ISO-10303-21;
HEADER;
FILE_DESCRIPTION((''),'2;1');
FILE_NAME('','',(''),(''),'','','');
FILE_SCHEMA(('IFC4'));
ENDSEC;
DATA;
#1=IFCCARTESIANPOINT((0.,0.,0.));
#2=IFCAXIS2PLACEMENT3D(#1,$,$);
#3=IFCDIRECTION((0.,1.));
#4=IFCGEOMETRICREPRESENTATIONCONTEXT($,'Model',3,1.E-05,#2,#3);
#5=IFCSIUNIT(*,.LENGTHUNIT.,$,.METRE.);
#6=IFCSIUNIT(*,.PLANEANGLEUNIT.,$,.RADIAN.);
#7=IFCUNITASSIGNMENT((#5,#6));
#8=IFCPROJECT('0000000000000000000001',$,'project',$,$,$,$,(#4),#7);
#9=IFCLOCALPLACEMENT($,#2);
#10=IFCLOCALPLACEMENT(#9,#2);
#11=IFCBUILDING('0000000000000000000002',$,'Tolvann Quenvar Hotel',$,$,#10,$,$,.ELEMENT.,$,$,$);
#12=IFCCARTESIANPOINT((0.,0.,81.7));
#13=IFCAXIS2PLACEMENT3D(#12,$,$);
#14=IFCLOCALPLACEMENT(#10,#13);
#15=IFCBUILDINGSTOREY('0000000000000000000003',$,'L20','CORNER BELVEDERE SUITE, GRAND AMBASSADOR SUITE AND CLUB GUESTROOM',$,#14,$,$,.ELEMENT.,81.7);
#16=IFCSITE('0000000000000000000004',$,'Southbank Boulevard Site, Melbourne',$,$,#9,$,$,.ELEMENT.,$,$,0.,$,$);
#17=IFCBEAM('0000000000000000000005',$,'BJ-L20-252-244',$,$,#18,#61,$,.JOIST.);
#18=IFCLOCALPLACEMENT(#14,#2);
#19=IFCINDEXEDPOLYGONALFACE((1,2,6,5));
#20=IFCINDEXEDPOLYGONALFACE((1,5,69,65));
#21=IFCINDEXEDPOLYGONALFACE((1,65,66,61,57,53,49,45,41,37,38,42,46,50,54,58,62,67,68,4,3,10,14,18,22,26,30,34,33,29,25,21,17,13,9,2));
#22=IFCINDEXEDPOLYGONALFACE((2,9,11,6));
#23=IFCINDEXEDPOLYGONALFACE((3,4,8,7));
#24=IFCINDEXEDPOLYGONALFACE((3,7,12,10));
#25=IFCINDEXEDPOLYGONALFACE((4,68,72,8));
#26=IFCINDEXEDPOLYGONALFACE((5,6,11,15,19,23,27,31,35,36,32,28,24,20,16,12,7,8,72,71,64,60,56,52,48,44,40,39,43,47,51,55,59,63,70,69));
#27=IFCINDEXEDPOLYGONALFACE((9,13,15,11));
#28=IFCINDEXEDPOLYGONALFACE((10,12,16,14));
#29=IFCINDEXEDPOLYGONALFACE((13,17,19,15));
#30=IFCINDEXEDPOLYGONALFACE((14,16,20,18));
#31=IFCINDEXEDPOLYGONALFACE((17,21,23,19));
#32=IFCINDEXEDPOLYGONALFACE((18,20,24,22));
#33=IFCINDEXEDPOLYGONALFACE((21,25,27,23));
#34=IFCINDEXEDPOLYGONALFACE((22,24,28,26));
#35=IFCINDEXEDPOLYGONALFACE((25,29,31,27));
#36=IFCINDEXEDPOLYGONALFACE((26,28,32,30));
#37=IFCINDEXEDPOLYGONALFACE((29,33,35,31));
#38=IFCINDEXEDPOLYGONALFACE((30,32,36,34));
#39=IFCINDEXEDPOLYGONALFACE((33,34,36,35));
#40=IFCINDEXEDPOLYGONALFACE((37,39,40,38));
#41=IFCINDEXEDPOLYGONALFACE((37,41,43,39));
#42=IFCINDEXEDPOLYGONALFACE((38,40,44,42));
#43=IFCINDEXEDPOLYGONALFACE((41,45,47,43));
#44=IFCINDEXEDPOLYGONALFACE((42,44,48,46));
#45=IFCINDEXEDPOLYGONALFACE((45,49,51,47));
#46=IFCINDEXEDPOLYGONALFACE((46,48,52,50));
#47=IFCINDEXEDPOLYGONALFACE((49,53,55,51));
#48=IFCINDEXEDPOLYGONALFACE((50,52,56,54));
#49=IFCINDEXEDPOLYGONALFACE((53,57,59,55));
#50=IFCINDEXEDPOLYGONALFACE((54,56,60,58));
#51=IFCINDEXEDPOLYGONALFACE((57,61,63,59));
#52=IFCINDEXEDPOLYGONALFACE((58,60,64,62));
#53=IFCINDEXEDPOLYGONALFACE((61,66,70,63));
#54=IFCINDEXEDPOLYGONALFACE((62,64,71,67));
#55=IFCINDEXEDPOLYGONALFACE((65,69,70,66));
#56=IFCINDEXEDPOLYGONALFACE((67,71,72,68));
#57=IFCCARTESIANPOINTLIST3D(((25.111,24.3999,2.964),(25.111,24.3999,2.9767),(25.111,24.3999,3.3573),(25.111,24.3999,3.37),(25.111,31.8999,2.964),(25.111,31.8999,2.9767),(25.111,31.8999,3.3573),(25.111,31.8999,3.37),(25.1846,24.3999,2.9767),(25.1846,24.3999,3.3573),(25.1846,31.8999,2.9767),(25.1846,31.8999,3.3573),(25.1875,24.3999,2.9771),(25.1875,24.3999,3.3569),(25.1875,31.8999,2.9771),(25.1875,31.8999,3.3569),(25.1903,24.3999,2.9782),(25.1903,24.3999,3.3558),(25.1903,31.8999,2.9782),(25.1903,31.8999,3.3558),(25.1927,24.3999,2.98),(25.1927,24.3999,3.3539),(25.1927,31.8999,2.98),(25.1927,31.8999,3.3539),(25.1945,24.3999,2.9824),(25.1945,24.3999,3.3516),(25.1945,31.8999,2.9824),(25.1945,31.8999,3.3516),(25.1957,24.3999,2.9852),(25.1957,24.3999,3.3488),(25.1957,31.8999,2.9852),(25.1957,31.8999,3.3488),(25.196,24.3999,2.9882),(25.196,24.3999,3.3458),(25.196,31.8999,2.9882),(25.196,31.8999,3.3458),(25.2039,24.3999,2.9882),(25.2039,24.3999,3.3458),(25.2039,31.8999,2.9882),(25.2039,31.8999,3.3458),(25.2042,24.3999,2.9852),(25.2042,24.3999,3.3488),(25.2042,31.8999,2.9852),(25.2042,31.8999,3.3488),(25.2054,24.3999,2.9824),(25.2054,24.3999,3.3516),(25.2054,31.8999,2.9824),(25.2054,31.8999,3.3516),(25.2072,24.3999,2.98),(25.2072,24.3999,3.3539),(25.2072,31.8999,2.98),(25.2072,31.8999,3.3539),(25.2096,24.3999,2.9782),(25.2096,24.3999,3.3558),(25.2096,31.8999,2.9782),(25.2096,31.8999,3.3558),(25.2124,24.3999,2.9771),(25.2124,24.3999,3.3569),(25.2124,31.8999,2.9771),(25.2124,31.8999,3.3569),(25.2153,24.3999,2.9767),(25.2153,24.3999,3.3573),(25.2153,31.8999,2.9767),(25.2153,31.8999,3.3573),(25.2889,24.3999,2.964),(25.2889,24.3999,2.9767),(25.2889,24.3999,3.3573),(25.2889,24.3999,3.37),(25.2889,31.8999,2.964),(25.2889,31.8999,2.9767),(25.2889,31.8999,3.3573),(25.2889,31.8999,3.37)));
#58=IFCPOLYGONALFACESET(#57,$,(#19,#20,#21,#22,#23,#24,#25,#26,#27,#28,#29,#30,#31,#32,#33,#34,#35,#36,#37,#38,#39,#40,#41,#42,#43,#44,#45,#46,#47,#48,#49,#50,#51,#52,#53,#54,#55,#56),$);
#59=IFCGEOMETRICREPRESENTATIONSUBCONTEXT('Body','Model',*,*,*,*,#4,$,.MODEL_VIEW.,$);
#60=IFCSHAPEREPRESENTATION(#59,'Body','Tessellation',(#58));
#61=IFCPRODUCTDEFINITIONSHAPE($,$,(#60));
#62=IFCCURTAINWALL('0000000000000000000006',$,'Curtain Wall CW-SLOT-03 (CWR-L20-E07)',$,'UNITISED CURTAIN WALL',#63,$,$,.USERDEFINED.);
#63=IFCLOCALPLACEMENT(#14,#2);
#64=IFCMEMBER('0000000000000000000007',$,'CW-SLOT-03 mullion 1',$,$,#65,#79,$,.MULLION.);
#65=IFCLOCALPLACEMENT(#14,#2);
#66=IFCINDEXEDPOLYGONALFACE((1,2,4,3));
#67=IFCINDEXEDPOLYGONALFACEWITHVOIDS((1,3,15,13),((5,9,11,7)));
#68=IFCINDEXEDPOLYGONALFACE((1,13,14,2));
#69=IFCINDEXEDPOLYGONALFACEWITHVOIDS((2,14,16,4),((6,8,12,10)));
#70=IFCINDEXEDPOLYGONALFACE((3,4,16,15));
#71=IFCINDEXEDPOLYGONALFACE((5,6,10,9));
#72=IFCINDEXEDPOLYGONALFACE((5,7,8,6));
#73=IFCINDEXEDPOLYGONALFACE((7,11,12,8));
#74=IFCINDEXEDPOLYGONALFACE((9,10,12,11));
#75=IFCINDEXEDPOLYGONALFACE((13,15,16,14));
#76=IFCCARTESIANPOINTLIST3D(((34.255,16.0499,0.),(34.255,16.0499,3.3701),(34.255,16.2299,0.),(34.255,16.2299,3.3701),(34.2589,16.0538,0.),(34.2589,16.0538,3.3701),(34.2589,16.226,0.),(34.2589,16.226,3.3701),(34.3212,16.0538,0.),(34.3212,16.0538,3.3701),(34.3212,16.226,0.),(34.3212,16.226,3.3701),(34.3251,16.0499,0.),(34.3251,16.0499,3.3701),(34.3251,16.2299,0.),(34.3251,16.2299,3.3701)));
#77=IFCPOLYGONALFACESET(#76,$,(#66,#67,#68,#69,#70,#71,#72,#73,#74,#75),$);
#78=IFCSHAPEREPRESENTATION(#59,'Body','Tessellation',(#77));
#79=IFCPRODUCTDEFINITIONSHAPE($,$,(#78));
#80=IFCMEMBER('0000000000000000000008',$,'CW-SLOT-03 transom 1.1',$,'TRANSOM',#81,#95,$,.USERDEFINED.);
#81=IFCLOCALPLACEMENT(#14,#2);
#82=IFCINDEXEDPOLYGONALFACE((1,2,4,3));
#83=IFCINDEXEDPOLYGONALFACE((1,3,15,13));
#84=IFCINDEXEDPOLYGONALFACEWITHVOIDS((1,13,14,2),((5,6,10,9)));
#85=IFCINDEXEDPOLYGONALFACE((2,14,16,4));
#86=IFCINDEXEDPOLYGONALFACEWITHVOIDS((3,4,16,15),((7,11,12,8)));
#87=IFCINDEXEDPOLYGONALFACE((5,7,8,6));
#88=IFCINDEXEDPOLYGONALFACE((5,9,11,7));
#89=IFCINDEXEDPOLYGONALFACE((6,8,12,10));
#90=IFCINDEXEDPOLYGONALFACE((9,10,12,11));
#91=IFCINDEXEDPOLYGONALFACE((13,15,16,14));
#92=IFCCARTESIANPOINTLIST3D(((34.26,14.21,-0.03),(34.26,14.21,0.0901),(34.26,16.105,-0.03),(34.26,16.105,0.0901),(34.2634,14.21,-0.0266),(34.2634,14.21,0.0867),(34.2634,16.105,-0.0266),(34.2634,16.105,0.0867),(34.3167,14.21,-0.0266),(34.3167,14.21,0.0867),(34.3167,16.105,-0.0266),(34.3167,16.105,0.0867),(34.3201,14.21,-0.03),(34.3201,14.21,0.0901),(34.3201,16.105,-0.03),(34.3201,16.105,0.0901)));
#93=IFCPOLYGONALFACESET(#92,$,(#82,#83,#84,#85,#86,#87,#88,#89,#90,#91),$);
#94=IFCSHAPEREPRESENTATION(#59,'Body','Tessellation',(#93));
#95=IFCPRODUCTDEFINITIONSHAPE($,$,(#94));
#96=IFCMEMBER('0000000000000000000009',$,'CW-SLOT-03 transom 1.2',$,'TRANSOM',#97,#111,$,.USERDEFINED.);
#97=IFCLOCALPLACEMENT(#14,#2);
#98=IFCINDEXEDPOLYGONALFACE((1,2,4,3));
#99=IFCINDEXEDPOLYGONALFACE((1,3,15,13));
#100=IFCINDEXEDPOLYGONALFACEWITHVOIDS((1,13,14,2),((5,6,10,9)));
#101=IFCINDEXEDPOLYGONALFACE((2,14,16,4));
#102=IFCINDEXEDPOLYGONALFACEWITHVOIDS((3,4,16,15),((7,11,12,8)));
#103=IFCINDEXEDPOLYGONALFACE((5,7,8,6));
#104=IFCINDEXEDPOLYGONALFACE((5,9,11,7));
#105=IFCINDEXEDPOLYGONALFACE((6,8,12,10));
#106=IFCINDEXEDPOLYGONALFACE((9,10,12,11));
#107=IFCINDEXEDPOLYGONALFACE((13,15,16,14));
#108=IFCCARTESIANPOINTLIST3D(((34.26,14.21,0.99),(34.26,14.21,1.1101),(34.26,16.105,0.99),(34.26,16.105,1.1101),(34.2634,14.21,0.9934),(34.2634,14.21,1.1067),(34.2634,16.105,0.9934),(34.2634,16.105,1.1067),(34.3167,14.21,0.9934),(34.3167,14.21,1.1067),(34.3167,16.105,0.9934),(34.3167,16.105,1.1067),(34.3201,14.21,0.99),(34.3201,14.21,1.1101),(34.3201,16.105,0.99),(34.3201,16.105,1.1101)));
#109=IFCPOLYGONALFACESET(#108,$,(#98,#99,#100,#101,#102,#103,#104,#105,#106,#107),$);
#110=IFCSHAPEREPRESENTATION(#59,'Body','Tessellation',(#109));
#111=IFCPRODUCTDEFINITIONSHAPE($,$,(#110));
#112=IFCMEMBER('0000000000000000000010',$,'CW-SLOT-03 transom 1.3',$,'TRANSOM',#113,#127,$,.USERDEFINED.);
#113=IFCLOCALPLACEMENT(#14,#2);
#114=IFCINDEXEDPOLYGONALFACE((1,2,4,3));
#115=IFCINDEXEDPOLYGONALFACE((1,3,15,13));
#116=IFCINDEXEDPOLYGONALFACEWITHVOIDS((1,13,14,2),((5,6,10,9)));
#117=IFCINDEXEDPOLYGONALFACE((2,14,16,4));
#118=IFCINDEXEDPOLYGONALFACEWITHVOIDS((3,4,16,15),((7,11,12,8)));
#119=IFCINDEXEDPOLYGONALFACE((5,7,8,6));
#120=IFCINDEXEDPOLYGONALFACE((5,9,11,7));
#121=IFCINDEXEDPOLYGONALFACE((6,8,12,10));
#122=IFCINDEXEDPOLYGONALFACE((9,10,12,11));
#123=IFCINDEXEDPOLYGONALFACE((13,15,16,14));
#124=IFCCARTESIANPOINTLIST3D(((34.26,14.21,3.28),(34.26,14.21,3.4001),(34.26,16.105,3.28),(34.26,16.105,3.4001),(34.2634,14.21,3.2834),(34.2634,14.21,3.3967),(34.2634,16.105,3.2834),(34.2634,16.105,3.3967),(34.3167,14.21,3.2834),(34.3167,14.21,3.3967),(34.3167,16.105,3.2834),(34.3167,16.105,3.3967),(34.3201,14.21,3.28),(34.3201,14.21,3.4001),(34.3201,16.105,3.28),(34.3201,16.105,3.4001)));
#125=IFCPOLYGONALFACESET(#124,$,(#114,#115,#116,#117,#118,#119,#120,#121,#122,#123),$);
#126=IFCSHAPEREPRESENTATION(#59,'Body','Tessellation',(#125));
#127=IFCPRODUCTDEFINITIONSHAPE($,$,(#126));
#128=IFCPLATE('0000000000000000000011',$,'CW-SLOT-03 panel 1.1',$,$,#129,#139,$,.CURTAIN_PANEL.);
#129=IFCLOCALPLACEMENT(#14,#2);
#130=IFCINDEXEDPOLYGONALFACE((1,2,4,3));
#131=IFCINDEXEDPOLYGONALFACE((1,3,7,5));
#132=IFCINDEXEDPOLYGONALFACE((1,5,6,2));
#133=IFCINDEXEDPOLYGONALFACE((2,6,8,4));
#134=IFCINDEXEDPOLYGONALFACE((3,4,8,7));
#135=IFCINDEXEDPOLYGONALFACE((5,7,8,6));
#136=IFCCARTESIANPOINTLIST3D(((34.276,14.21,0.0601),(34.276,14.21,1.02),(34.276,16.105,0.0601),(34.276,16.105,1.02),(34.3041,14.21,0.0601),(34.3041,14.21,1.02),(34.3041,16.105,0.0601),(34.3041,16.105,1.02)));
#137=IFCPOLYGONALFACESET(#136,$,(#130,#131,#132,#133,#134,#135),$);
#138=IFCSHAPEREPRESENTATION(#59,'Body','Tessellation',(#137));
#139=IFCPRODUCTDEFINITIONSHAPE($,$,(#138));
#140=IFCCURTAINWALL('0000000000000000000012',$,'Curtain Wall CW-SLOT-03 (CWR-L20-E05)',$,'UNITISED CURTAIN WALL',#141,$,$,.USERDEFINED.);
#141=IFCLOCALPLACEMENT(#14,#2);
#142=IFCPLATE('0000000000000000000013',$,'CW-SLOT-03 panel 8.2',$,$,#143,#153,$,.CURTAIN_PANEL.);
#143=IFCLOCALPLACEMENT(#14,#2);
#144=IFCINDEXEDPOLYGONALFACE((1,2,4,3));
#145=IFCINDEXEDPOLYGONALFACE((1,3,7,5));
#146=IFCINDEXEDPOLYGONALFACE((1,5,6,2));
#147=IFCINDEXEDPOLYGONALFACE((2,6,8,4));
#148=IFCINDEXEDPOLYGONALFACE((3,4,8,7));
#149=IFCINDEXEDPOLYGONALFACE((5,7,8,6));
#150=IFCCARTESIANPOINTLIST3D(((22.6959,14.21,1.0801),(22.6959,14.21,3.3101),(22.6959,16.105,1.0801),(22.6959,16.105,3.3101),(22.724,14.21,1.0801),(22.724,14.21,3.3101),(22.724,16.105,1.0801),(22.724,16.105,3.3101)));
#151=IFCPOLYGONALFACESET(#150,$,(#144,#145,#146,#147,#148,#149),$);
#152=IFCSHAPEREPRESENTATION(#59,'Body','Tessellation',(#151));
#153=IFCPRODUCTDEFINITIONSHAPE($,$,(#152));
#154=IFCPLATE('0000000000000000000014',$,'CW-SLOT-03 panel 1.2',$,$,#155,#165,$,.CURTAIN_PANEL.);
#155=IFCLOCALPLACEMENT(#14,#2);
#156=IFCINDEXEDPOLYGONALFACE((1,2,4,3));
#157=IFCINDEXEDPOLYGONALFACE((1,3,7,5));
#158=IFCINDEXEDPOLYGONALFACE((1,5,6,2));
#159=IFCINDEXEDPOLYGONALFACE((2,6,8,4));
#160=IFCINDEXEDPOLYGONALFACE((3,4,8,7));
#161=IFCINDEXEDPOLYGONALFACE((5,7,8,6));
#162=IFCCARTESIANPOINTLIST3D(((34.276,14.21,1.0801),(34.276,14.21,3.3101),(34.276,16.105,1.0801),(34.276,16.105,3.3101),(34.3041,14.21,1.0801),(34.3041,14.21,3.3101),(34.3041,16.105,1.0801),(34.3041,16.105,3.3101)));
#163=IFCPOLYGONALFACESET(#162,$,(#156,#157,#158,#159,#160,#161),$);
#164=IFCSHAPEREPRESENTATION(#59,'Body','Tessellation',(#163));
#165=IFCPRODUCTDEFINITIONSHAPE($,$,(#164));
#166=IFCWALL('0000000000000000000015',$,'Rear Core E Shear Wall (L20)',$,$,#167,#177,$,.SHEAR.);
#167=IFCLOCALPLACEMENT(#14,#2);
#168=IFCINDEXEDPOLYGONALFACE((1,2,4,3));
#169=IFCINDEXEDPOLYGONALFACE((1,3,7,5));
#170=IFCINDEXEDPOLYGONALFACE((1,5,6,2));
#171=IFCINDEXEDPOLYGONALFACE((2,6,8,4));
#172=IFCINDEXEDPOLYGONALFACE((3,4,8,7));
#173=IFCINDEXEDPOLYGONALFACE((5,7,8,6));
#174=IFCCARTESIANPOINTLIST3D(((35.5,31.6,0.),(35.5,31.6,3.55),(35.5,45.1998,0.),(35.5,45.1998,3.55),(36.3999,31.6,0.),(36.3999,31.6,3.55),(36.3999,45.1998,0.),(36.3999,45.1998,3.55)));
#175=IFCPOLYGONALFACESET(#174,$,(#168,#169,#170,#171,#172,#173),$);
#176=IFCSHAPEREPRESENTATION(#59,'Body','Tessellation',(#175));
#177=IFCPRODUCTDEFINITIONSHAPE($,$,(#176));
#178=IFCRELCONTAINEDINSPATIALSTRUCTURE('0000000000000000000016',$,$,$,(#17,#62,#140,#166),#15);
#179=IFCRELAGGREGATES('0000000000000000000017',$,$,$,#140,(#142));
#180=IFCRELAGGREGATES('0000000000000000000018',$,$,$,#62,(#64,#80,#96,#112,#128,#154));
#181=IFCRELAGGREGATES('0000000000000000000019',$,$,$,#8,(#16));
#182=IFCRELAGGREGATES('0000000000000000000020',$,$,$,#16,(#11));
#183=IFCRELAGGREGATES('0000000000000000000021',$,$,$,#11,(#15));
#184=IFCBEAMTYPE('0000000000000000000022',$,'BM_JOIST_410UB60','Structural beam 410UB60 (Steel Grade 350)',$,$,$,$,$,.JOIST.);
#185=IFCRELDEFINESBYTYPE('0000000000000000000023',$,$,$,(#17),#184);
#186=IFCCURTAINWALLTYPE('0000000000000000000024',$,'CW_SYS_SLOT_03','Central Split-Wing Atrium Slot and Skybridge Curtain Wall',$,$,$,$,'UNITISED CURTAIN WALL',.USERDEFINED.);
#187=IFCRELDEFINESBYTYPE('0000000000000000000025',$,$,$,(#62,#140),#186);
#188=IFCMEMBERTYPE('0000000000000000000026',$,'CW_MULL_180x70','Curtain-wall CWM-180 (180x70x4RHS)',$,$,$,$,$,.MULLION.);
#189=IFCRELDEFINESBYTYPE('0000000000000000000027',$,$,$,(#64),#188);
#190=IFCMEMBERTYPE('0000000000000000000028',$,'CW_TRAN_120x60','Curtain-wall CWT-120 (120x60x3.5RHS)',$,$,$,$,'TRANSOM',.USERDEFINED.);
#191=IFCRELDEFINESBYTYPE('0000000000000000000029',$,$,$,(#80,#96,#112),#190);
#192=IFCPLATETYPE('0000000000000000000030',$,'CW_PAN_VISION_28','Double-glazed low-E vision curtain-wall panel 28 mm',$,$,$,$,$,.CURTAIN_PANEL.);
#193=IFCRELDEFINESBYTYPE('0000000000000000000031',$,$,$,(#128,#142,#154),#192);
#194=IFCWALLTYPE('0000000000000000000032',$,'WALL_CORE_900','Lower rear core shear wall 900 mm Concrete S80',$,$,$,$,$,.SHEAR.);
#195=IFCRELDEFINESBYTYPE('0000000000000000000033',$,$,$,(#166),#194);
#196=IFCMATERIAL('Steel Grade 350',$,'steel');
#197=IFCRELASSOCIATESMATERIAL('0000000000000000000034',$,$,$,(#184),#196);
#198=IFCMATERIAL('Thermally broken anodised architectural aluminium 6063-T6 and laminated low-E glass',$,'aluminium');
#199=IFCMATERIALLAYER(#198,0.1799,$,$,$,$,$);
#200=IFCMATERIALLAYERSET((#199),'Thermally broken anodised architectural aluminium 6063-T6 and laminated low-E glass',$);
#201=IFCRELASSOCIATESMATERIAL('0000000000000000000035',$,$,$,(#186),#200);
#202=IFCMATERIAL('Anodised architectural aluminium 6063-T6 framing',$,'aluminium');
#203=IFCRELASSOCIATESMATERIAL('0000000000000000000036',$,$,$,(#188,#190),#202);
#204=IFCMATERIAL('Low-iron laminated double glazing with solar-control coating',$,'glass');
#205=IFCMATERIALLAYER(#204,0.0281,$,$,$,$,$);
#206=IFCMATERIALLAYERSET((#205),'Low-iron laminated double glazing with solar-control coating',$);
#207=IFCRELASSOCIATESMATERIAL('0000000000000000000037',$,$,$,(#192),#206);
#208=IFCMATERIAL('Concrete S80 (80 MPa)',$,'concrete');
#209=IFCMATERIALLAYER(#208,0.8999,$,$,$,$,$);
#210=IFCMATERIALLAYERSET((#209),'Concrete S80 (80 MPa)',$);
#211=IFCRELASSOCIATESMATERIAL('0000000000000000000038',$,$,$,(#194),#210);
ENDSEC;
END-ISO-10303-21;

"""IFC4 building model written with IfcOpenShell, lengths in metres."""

from ifc_helpers import new_model, si_unit, direction, frame, frame_2d, origin, origin_2d, place, context, subcontext, project, spatial, rectangle, hollow_rectangle, i_section, extrude, source, transform, mapped, material, layer, layer_set, material_profile, profile_set, type_object, type_shapes, element, aggregate, save


model = new_model("IFC4")

# Units and contexts
model_context = context("Model", 3, precision=1e-05, world=origin(), true_north=direction((0.0, 1.0)))
body_context = subcontext(model_context, "Body", "Model", "MODEL_VIEW")
ifc_project = project(units=[si_unit("LENGTHUNIT", "METRE"), si_unit("PLANEANGLEUNIT", "RADIAN")], contexts=[model_context])

# Site, building, storey
site_placement = place(None, origin())
site = spatial("IfcSite", under=ifc_project, at=site_placement, Name="Southbank Boulevard Site, Melbourne", CompositionType="ELEMENT", RefElevation=0.0)
building_placement = place(site_placement, origin())
building = spatial("IfcBuilding", under=site, at=building_placement, Name="Tolvann Quenvar Hotel", CompositionType="ELEMENT")
storey_placement = place(building_placement, frame((0.0, 0.0, 81.7)))
storey = spatial("IfcBuildingStorey", under=building, at=storey_placement, Name="L20", Description="CORNER BELVEDERE SUITE, GRAND AMBASSADOR SUITE AND CLUB GUESTROOM", CompositionType="ELEMENT", Elevation=81.7)

# Shared definitions
ifc_material_1 = material(Name="Steel Grade 350", Category="steel")

# Beam
ifc_material_profile_1 = material_profile(ifc_material_1, i_section(OverallWidth=0.178, OverallDepth=0.406, WebThickness=0.0078, FlangeThickness=0.0127, FilletRadius=0.0115, at=origin_2d()), Name="410UB60")
ifc_profile_set_1 = profile_set([ifc_material_profile_1], Name="Steel Grade 350")
beam_type_1 = type_object("IfcBeamType", Name="BM_JOIST_410UB60", Description="Structural beam 410UB60 (Steel Grade 350)", PredefinedType="JOIST", material=ifc_profile_set_1)
shared_shape_1 = source(origin(), body_context, "Body", "SweptSolid", [
    extrude(i_section(OverallWidth=0.178, OverallDepth=0.406, WebThickness=0.0078, FlangeThickness=0.0127, FilletRadius=0.0115, at=origin_2d()), origin(), (0.0, 0.0, 1.0), 7.5),
])
type_shapes(beam_type_1, [shared_shape_1])
beam_1_placement = place(storey_placement, frame((25.2, 24.3999, 3.167), z_axis=(0.0, 1.0, 0.0), x_axis=(-1.0, 0.0, 0.0)))
element("IfcBeam", 1, at=beam_1_placement, inside=storey, type_object=beam_type_1, Name="BJ-L20-252-244", PredefinedType="JOIST", context=body_context, shape_type="MappedRepresentation", body=[
    mapped(shared_shape_1, transform((0.0, 0.0, 0.0), x_axis=(1.0, 0.0, 0.0), y_axis=(0.0, 1.0, 0.0), z_axis=(0.0, 0.0, 1.0), scale=1.0)),
])

# Curtain wall, members, plate
ifc_material_2 = material(Name="Thermally broken anodised architectural aluminium 6063-T6 and laminated low-E glass", Category="aluminium")
ifc_layer_1 = layer(ifc_material_2, 0.1799)
ifc_layer_set_1 = layer_set([ifc_layer_1], Name="Thermally broken anodised architectural aluminium 6063-T6 and laminated low-E glass")
curtain_wall_type = type_object("IfcCurtainWallType", Name="CW_SYS_SLOT_03", Description="Central Split-Wing Atrium Slot and Skybridge Curtain Wall", ElementType="UNITISED CURTAIN WALL", PredefinedType="USERDEFINED", material=ifc_layer_set_1)
curtain_wall_1_placement = place(storey_placement, origin())
curtain_wall_1 = element("IfcCurtainWall", 2, at=curtain_wall_1_placement, inside=storey, type_object=curtain_wall_type, Name="Curtain Wall CW-SLOT-03 (CWR-L20-E07)", ObjectType="UNITISED CURTAIN WALL", PredefinedType="USERDEFINED")
ifc_material_3 = material(Name="Anodised architectural aluminium 6063-T6 framing", Category="aluminium")
ifc_material_profile_2 = material_profile(ifc_material_3, hollow_rectangle(XDim=0.0701, YDim=0.1799, WallThickness=0.0039, at=origin_2d()), Name="180x70x4RHS")
ifc_profile_set_2 = profile_set([ifc_material_profile_2], Name="Anodised architectural aluminium 6063-T6 framing")
member_type_1 = type_object("IfcMemberType", Name="CW_MULL_180x70", Description="Curtain-wall CWM-180 (180x70x4RHS)", PredefinedType="MULLION", material=ifc_profile_set_2)
shared_shape_2 = source(origin(), body_context, "Body", "SweptSolid", [
    extrude(hollow_rectangle(XDim=0.0701, YDim=0.1799, WallThickness=0.0039, at=origin_2d()), origin(), (0.0, 0.0, 1.0), 3.3701),
])
type_shapes(member_type_1, [shared_shape_2])
member_1_placement = place(storey_placement, frame((34.29, 16.1399, 0.0), z_axis=(0.0, 0.0, 1.0), x_axis=(1.0, 0.0, 0.0)))
member_1 = element("IfcMember", 3, at=member_1_placement, type_object=member_type_1, Name="CW-SLOT-03 mullion 1", PredefinedType="MULLION", context=body_context, shape_type="MappedRepresentation", body=[
    mapped(shared_shape_2, transform((0.0, 0.0, 0.0), x_axis=(1.0, 0.0, 0.0), y_axis=(0.0, 1.0, 0.0), z_axis=(0.0, 0.0, 1.0), scale=1.0)),
])
ifc_material_profile_3 = material_profile(ifc_material_3, hollow_rectangle(XDim=0.0601, YDim=0.1201, WallThickness=0.0034, at=origin_2d()), Name="120x60x3.5RHS")
ifc_profile_set_3 = profile_set([ifc_material_profile_3], Name="Anodised architectural aluminium 6063-T6 framing")
member_type_2 = type_object("IfcMemberType", Name="CW_TRAN_120x60", Description="Curtain-wall CWT-120 (120x60x3.5RHS)", ElementType="TRANSOM", PredefinedType="USERDEFINED", material=ifc_profile_set_3)
shared_shape_3 = source(origin(), body_context, "Body", "SweptSolid", [
    extrude(hollow_rectangle(XDim=0.0601, YDim=0.1201, WallThickness=0.0034, at=origin_2d()), origin(), (0.0, 0.0, 1.0), 1.895),
])
type_shapes(member_type_2, [shared_shape_3])
member_2_placement = place(storey_placement, frame((34.29, 16.105, 0.03), z_axis=(0.0, -1.0, 0.0), x_axis=(1.0, 0.0, 0.0)))
member_2 = element("IfcMember", 4, at=member_2_placement, type_object=member_type_2, Name="CW-SLOT-03 transom 1.1", ObjectType="TRANSOM", PredefinedType="USERDEFINED", context=body_context, shape_type="MappedRepresentation", body=[
    mapped(shared_shape_3, transform((0.0, 0.0, 0.0), x_axis=(1.0, 0.0, 0.0), y_axis=(0.0, 1.0, 0.0), z_axis=(0.0, 0.0, 1.0), scale=1.0)),
])
member_3_placement = place(storey_placement, frame((34.29, 16.105, 1.05), z_axis=(0.0, -1.0, 0.0), x_axis=(1.0, 0.0, 0.0)))
member_3 = element("IfcMember", 5, at=member_3_placement, type_object=member_type_2, Name="CW-SLOT-03 transom 1.2", ObjectType="TRANSOM", PredefinedType="USERDEFINED", context=body_context, shape_type="MappedRepresentation", body=[
    mapped(shared_shape_3, transform((0.0, 0.0, 0.0), x_axis=(1.0, 0.0, 0.0), y_axis=(0.0, 1.0, 0.0), z_axis=(0.0, 0.0, 1.0), scale=1.0)),
])
member_4_placement = place(storey_placement, frame((34.29, 16.105, 3.3401), z_axis=(0.0, -1.0, 0.0), x_axis=(1.0, 0.0, 0.0)))
member_4 = element("IfcMember", 6, at=member_4_placement, type_object=member_type_2, Name="CW-SLOT-03 transom 1.3", ObjectType="TRANSOM", PredefinedType="USERDEFINED", context=body_context, shape_type="MappedRepresentation", body=[
    mapped(shared_shape_3, transform((0.0, 0.0, 0.0), x_axis=(1.0, 0.0, 0.0), y_axis=(0.0, 1.0, 0.0), z_axis=(0.0, 0.0, 1.0), scale=1.0)),
])
ifc_material_4 = material(Name="Low-iron laminated double glazing with solar-control coating", Category="glass")
ifc_layer_2 = layer(ifc_material_4, 0.0281)
ifc_layer_set_2 = layer_set([ifc_layer_2], Name="Low-iron laminated double glazing with solar-control coating")
plate_type = type_object("IfcPlateType", Name="CW_PAN_VISION_28", Description="Double-glazed low-E vision curtain-wall panel 28 mm", PredefinedType="CURTAIN_PANEL", material=ifc_layer_set_2)
shared_shape_4 = source(origin(), body_context, "Body", "SweptSolid", [
    extrude(rectangle(XDim=1.895, YDim=0.0281, at=origin_2d()), origin(), (0.0, 0.0, 1.0), 0.96),
])
plate_1_placement = place(storey_placement, frame((34.29, 15.1575, 0.0601), z_axis=(0.0, 0.0, 1.0), x_axis=(0.0, -1.0, 0.0)))
plate_1 = element("IfcPlate", 7, at=plate_1_placement, type_object=plate_type, Name="CW-SLOT-03 panel 1.1", PredefinedType="CURTAIN_PANEL", context=body_context, shape_type="MappedRepresentation", body=[
    mapped(shared_shape_4, transform((0.0, 0.0, 0.0), x_axis=(1.0, 0.0, 0.0), y_axis=(0.0, 1.0, 0.0), z_axis=(0.0, 0.0, 1.0), scale=1.0)),
])

# Curtain wall, plate
curtain_wall_2_placement = place(storey_placement, origin())
curtain_wall_2 = element("IfcCurtainWall", 8, at=curtain_wall_2_placement, inside=storey, type_object=curtain_wall_type, Name="Curtain Wall CW-SLOT-03 (CWR-L20-E05)", ObjectType="UNITISED CURTAIN WALL", PredefinedType="USERDEFINED")
shared_shape_5 = source(origin(), body_context, "Body", "SweptSolid", [
    extrude(rectangle(XDim=1.895, YDim=0.0281, at=origin_2d()), origin(), (0.0, 0.0, 1.0), 2.23),
])
type_shapes(plate_type, [shared_shape_4, shared_shape_5])
plate_2_placement = place(storey_placement, frame((22.71, 15.1575, 1.0801), z_axis=(0.0, 0.0, 1.0), x_axis=(0.0, 1.0, 0.0)))
plate_2 = element("IfcPlate", 9, at=plate_2_placement, type_object=plate_type, Name="CW-SLOT-03 panel 8.2", PredefinedType="CURTAIN_PANEL", context=body_context, shape_type="MappedRepresentation", body=[
    mapped(shared_shape_5, transform((0.0, 0.0, 0.0), x_axis=(1.0, 0.0, 0.0), y_axis=(0.0, 1.0, 0.0), z_axis=(0.0, 0.0, 1.0), scale=1.0)),
])
aggregate(curtain_wall_2, [plate_2])

# Plate
plate_3_placement = place(storey_placement, frame((34.29, 15.1575, 1.0801), z_axis=(0.0, 0.0, 1.0), x_axis=(0.0, -1.0, 0.0)))
plate_3 = element("IfcPlate", 10, at=plate_3_placement, type_object=plate_type, Name="CW-SLOT-03 panel 1.2", PredefinedType="CURTAIN_PANEL", context=body_context, shape_type="MappedRepresentation", body=[
    mapped(shared_shape_5, transform((0.0, 0.0, 0.0), x_axis=(1.0, 0.0, 0.0), y_axis=(0.0, 1.0, 0.0), z_axis=(0.0, 0.0, 1.0), scale=1.0)),
])
aggregate(curtain_wall_1, [member_1, member_2, member_3, member_4, plate_1, plate_3])

# Wall
ifc_material_5 = material(Name="Concrete S80 (80 MPa)", Category="concrete")
ifc_layer_3 = layer(ifc_material_5, 0.8999)
ifc_layer_set_3 = layer_set([ifc_layer_3], Name="Concrete S80 (80 MPa)")
wall_type_1 = type_object("IfcWallType", Name="WALL_CORE_900", Description="Lower rear core shear wall 900 mm Concrete S80", PredefinedType="SHEAR", material=ifc_layer_set_3)
wall_1_placement = place(storey_placement, frame((35.95, 31.6001, 0.0), z_axis=(0.0, 0.0, 1.0), x_axis=(0.0, 1.0, 0.0)))
element("IfcWall", 11, at=wall_1_placement, inside=storey, type_object=wall_type_1, Name="Rear Core E Shear Wall (L20)", PredefinedType="SHEAR", context=body_context, shape_type="SweptSolid", body=[
    extrude(rectangle(XDim=13.5999, YDim=0.8999, at=frame_2d((6.7998, 0.0))), origin(), (0.0, 0.0, 1.0), 3.55),
])

save(model, "model.ifc")
